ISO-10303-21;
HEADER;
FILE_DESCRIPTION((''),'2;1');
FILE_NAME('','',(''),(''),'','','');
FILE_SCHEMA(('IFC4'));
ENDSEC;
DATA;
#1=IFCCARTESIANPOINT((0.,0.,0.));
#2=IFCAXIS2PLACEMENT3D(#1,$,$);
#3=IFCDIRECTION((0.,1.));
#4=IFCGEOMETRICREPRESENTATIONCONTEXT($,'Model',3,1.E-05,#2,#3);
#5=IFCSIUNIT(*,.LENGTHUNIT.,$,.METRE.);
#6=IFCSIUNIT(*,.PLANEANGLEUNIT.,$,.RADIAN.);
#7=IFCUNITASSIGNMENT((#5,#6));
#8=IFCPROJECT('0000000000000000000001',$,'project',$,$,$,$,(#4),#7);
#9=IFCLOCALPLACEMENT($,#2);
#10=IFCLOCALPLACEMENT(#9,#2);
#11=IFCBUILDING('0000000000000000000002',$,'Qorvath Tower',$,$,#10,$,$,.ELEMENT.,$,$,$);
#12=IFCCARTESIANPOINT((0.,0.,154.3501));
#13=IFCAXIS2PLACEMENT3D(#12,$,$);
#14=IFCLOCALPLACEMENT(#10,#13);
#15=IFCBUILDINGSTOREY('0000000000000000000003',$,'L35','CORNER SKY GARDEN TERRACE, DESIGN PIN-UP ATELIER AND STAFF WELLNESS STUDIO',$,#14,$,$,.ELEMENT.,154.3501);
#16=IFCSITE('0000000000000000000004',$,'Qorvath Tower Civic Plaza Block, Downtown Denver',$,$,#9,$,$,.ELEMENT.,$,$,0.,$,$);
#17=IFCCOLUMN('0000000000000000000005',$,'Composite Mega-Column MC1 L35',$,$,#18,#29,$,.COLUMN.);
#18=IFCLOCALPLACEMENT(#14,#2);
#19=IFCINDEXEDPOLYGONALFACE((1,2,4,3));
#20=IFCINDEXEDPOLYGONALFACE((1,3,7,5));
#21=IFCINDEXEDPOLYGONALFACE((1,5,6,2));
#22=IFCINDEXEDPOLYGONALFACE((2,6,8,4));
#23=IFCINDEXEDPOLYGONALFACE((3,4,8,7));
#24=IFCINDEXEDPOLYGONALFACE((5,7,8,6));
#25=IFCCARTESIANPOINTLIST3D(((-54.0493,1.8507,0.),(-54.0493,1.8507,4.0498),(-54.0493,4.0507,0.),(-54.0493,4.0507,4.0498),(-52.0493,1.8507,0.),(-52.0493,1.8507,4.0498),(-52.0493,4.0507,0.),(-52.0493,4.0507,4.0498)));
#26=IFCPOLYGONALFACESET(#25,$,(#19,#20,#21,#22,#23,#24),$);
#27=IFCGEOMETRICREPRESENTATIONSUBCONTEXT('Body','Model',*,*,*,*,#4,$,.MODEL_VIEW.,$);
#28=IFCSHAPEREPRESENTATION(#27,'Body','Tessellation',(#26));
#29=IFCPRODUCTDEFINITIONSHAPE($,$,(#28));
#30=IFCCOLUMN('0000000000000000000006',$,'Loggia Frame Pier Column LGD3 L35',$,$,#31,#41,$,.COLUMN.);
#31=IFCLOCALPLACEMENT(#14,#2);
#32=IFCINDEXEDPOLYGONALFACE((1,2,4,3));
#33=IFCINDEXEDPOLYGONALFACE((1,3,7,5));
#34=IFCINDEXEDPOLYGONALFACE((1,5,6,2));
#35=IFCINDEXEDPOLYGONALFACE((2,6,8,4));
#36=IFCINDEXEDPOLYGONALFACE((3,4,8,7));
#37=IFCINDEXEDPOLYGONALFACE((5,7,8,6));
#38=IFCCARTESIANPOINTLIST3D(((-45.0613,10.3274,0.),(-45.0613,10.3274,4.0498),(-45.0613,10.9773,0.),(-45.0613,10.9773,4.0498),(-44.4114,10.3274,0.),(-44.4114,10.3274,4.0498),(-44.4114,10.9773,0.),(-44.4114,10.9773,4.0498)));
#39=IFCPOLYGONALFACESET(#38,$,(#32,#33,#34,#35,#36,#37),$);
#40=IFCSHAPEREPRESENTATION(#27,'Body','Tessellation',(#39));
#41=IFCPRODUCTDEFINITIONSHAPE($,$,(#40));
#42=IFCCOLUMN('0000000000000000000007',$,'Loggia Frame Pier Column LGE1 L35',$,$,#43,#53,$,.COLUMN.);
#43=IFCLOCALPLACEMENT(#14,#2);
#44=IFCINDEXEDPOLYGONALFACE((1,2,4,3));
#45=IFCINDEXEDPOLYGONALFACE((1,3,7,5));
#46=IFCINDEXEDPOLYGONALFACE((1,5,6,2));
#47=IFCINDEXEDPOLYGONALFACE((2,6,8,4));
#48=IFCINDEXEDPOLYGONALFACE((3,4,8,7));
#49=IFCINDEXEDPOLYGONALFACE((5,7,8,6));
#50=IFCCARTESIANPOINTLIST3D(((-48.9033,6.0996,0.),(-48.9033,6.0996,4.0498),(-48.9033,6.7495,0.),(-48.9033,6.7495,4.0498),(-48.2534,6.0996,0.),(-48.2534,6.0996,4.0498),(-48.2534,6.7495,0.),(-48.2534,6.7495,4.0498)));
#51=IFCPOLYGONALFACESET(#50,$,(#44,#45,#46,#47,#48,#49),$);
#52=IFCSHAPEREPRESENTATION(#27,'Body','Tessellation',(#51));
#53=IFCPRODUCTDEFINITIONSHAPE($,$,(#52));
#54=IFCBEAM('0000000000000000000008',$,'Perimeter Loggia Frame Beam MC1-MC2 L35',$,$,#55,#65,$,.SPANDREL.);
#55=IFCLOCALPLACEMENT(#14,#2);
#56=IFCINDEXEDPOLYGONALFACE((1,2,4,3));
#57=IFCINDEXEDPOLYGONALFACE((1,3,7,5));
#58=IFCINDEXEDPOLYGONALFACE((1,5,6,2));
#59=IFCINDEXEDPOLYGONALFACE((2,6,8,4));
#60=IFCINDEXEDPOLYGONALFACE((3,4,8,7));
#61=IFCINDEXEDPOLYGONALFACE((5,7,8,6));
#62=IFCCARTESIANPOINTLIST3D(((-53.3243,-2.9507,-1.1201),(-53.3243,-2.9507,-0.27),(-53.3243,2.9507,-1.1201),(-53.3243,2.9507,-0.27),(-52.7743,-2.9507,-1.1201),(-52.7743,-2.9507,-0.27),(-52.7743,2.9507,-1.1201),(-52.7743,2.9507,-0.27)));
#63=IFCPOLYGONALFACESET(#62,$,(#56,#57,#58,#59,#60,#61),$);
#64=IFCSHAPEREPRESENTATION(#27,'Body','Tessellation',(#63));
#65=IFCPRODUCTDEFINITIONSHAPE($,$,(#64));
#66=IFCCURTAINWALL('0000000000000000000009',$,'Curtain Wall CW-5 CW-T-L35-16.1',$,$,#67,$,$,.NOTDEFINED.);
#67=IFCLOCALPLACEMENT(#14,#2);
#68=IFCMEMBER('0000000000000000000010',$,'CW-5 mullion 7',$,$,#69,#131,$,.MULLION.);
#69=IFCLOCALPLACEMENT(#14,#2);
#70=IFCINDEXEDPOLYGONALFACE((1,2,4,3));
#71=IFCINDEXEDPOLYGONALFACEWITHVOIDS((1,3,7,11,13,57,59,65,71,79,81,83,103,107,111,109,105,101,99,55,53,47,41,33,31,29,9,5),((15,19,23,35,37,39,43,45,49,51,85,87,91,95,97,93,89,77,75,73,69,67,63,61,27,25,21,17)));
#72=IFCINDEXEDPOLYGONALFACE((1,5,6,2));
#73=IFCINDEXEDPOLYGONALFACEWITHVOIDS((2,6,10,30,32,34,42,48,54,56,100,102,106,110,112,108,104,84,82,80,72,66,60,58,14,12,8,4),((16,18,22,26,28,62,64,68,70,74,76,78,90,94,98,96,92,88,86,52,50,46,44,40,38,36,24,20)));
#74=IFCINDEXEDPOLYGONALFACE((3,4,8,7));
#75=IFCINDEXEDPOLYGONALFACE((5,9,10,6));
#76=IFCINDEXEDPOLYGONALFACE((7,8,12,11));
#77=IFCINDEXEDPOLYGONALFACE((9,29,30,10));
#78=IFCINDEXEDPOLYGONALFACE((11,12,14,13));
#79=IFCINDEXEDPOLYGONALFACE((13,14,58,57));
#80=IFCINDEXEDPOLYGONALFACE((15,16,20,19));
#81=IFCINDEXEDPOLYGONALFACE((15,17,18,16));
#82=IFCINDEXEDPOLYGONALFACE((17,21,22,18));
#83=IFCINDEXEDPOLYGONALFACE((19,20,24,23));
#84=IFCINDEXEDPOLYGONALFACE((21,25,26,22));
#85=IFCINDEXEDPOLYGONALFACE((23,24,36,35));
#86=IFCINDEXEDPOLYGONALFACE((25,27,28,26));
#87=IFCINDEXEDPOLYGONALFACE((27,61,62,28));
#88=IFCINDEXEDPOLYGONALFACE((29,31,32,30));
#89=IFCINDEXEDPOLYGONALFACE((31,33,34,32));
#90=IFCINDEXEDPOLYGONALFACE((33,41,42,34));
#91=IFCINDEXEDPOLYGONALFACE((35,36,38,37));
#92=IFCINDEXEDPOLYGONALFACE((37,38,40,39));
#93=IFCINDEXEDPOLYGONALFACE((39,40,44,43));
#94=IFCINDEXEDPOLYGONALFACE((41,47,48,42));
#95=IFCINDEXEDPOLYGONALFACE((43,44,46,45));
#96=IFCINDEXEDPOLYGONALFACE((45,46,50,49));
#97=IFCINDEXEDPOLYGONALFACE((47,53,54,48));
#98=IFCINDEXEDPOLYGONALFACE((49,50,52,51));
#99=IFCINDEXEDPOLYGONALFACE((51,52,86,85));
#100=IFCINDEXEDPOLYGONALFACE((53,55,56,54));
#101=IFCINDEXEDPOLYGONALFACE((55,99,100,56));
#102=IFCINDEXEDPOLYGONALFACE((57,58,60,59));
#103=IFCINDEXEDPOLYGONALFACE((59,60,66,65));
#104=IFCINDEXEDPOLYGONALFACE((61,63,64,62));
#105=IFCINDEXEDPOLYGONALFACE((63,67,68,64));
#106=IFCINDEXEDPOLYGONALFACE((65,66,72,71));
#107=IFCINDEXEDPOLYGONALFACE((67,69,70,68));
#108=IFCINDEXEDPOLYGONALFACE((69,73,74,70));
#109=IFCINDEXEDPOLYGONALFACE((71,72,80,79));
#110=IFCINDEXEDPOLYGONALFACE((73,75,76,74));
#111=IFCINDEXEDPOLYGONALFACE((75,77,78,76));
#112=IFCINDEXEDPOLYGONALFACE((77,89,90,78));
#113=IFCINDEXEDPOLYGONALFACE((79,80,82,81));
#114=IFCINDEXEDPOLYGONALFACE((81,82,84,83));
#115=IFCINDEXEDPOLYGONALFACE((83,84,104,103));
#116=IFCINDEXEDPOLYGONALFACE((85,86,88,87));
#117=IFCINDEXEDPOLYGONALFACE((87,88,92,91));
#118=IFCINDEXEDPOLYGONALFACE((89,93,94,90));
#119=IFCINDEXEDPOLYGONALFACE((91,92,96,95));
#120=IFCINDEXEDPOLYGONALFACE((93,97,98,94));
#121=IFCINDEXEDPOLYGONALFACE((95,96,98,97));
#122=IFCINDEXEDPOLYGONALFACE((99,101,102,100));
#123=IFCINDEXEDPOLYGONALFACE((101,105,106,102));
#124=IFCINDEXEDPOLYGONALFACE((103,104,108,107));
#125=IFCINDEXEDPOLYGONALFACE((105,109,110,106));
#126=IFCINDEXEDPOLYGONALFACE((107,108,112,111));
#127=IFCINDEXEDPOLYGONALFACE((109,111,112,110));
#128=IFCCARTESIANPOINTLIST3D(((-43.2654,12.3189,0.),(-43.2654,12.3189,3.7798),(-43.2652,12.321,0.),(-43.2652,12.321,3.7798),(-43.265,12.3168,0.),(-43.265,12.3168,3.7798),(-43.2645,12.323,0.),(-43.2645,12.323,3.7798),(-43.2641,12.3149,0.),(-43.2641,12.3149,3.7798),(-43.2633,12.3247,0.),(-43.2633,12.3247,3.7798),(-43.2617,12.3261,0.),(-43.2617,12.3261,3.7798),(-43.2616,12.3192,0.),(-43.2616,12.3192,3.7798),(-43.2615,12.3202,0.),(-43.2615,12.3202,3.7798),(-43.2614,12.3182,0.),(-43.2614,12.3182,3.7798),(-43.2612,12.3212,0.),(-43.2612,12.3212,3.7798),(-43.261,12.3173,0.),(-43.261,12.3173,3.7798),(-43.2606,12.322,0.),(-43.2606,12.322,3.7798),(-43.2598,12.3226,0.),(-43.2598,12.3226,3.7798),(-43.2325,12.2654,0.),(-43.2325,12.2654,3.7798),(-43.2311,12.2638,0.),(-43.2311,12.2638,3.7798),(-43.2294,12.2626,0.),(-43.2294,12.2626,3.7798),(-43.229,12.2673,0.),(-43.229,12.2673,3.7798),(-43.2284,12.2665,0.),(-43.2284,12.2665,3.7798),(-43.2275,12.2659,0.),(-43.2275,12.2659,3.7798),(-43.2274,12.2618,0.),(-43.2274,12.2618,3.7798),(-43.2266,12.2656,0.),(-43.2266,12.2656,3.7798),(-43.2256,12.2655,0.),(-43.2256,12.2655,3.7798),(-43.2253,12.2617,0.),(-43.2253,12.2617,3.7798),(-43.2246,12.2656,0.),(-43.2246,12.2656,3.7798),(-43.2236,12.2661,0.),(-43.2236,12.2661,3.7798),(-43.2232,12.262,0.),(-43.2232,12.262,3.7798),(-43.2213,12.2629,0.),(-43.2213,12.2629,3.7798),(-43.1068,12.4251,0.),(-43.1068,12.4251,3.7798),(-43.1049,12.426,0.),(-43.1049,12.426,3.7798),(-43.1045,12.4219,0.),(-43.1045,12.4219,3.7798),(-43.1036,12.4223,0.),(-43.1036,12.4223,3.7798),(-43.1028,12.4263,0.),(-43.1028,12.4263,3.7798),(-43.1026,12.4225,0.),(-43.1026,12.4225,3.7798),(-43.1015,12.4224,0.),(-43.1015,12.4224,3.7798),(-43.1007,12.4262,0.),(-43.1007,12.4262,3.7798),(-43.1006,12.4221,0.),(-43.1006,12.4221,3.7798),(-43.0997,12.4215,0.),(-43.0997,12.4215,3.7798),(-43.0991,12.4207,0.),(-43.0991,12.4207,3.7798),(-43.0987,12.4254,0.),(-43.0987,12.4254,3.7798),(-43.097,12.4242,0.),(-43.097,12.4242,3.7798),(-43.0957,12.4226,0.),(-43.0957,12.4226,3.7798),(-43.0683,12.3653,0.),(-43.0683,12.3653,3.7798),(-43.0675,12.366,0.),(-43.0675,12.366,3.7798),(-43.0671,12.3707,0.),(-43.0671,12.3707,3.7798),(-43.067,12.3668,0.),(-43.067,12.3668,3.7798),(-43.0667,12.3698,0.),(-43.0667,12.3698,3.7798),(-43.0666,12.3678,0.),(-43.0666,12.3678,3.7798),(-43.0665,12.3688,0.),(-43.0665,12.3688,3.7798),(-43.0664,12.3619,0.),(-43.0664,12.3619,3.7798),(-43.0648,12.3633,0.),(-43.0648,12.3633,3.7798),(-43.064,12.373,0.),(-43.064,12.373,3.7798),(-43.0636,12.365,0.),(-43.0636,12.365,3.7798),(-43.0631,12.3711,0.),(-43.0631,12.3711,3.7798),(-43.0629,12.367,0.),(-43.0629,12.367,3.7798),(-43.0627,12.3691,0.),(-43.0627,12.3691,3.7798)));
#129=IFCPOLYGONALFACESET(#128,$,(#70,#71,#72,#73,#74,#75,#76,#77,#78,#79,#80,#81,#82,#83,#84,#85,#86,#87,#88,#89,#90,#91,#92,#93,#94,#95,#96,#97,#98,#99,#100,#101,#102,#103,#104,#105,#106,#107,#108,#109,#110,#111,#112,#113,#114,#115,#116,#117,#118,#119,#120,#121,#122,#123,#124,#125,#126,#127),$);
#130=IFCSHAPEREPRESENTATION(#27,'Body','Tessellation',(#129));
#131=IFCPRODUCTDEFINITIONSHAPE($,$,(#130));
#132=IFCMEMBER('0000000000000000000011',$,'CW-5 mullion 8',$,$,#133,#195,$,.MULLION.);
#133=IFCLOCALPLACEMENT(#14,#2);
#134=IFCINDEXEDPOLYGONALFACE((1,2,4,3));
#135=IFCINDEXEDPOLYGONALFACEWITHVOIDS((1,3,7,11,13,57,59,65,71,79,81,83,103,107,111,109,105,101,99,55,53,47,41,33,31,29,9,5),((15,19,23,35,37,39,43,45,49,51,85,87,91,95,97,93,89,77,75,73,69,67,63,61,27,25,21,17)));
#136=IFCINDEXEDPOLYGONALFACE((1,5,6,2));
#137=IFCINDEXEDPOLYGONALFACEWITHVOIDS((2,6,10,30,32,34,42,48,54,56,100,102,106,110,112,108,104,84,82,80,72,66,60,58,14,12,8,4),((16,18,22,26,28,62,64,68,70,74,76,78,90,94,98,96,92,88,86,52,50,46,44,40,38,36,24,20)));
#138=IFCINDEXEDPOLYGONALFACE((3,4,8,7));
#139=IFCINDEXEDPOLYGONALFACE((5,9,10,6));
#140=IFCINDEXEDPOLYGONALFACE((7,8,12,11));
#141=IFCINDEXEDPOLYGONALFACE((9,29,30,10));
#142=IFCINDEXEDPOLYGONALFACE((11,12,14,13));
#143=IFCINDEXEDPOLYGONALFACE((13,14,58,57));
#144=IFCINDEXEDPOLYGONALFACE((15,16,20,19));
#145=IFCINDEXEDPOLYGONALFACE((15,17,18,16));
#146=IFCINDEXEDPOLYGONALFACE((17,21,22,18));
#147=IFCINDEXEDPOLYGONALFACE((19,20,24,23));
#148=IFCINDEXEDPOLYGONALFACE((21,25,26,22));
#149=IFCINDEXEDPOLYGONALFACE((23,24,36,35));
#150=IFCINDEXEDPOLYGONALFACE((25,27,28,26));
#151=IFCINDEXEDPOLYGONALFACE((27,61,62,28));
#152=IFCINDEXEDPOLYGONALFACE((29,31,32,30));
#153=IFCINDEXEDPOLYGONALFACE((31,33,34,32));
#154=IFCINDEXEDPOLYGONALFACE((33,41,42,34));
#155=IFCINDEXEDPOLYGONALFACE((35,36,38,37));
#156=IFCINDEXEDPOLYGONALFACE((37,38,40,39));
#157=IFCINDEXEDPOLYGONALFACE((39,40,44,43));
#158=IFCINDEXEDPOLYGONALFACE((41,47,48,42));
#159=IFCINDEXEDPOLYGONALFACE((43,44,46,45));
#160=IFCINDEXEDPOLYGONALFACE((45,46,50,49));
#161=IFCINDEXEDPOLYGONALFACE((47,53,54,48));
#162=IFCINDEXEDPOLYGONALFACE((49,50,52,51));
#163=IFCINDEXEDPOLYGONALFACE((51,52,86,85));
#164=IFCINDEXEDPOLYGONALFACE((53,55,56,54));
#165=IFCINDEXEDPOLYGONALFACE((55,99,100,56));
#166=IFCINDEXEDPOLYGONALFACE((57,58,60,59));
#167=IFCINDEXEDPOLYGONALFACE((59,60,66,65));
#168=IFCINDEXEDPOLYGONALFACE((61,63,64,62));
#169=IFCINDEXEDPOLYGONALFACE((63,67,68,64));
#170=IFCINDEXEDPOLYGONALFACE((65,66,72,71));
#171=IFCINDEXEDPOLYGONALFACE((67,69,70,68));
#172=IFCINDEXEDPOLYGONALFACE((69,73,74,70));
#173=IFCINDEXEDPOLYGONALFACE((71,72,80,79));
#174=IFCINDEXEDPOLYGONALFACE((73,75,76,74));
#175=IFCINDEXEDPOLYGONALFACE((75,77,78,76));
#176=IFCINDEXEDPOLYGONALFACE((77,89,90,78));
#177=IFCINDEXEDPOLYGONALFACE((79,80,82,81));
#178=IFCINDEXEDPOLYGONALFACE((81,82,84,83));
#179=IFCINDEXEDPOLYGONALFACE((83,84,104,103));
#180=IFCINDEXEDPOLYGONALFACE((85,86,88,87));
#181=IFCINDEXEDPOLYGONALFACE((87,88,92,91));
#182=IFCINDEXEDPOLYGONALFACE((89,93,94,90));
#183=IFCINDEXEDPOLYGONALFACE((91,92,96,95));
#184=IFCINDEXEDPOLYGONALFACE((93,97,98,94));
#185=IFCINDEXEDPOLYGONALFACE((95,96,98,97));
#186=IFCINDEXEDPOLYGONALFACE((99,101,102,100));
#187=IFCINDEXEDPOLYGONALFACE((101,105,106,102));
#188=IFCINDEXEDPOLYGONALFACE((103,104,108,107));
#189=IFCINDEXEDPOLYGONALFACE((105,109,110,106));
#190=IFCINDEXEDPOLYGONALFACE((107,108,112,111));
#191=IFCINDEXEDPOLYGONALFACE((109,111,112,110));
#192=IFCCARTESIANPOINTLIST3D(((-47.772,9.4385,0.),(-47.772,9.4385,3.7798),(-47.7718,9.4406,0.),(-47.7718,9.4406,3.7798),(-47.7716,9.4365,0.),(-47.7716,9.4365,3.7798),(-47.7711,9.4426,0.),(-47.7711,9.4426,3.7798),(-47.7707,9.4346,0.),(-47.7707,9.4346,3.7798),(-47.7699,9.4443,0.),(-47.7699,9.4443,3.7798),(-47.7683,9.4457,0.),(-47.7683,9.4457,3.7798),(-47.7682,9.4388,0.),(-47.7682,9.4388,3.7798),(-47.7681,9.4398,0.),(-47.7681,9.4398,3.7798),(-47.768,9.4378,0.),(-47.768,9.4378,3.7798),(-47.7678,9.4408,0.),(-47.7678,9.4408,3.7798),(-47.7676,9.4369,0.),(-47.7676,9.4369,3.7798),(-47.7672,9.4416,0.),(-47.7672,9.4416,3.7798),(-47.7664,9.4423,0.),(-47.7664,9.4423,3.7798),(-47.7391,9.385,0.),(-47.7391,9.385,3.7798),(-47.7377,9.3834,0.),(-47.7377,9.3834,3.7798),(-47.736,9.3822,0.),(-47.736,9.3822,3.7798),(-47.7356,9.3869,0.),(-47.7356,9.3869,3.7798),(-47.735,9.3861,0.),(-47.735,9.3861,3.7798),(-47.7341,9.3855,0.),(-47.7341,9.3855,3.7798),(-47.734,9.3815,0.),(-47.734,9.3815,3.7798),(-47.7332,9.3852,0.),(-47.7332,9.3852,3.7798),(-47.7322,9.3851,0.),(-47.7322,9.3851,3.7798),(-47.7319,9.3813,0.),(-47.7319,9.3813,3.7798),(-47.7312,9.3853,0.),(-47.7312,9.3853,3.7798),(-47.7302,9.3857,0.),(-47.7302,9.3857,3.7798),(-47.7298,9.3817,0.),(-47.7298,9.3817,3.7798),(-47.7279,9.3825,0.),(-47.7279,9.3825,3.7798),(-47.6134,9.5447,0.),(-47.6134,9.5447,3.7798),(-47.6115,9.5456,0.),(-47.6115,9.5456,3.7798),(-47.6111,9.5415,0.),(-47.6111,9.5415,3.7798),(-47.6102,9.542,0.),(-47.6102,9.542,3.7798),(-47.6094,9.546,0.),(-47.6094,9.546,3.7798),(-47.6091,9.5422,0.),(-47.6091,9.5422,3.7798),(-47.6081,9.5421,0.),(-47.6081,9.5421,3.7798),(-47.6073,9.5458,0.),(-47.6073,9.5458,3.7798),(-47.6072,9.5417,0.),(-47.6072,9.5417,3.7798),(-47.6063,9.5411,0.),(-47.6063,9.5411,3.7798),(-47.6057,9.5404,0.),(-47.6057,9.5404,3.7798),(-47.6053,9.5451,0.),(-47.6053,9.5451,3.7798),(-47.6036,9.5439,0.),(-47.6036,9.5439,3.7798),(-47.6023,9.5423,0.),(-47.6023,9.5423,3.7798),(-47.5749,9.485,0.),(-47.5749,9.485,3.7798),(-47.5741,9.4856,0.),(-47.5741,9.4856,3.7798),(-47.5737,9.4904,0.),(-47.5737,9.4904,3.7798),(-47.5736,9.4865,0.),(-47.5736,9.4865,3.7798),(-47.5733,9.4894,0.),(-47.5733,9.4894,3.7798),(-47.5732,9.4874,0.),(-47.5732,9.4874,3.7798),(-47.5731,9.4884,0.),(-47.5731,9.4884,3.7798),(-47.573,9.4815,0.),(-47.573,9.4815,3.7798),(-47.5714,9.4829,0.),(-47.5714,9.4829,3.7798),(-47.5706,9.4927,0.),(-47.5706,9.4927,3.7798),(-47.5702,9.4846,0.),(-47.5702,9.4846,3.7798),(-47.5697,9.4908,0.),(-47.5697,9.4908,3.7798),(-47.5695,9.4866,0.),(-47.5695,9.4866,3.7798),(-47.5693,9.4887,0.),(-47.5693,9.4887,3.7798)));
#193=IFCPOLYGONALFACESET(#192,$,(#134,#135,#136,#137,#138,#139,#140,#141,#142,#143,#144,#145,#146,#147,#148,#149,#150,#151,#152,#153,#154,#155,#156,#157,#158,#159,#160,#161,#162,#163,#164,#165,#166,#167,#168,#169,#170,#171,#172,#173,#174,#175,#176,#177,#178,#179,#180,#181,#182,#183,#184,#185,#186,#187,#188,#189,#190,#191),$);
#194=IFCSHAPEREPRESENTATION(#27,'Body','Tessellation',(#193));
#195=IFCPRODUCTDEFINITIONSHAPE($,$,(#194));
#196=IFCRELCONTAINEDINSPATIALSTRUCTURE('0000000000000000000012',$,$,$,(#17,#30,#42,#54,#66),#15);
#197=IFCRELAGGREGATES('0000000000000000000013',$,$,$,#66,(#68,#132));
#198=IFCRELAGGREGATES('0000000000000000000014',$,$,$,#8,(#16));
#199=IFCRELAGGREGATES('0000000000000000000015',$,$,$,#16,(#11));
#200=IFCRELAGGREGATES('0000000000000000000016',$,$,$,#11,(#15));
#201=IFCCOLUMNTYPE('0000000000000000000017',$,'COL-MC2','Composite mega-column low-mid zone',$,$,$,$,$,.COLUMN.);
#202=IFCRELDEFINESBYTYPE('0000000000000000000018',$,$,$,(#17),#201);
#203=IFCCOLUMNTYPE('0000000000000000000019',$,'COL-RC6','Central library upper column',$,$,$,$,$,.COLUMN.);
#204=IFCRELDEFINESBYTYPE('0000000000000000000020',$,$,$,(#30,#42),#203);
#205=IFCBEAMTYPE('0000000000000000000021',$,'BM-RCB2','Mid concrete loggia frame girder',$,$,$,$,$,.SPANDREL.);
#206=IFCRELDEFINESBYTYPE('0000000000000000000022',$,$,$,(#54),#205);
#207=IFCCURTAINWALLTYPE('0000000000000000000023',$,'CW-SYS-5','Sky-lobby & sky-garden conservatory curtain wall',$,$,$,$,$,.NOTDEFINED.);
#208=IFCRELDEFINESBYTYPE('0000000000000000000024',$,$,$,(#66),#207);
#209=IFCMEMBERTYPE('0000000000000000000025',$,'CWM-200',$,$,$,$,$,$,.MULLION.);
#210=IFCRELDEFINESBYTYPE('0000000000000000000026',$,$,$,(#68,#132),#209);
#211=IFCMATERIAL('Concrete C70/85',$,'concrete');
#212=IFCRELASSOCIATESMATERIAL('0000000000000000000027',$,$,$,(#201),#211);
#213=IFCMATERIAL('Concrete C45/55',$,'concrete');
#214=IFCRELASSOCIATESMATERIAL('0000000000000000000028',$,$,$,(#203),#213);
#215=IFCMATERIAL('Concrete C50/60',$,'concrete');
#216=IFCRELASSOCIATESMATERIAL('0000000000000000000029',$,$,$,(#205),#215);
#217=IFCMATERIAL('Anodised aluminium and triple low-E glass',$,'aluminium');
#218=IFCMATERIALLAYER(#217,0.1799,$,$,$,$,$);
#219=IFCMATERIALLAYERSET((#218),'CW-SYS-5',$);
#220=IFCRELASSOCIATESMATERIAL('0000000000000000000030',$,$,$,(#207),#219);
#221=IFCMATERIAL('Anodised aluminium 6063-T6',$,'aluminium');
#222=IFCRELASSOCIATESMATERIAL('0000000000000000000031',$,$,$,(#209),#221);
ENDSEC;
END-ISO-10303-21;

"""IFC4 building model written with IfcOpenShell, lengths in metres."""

from ifc_helpers import new_model, si_unit, direction, frame, origin, origin_2d, place, context, subcontext, project, spatial, rectangle, hollow_rectangle, extrude, material, layer, layer_set, material_profile, profile_set, type_object, element, aggregate, save


model = new_model("IFC4")

# Units and contexts
model_context = context("Model", 3, precision=1e-05, world=origin(), true_north=direction((0.0, 1.0)))
body_context = subcontext(model_context, "Body", "Model", "MODEL_VIEW")
ifc_project = project(units=[si_unit("LENGTHUNIT", "METRE"), si_unit("PLANEANGLEUNIT", "RADIAN")], contexts=[model_context])

# Site, building, storey
site_placement = place(None, origin())
site = spatial("IfcSite", under=ifc_project, at=site_placement, Name="Qorvath Tower Civic Plaza Block, Downtown Denver", CompositionType="ELEMENT", RefElevation=0.0)
building_placement = place(site_placement, origin())
building = spatial("IfcBuilding", under=site, at=building_placement, Name="Qorvath Tower", CompositionType="ELEMENT")
storey_placement = place(building_placement, frame((0.0, 0.0, 154.3501)))
storey = spatial("IfcBuildingStorey", under=building, at=storey_placement, Name="L35", Description="CORNER SKY GARDEN TERRACE, DESIGN PIN-UP ATELIER AND STAFF WELLNESS STUDIO", CompositionType="ELEMENT", Elevation=154.3501)

# Columns
ifc_material_1 = material(Name="Concrete C70/85", Category="concrete")
ifc_material_profile_1 = material_profile(ifc_material_1, rectangle(XDim=2.0, YDim=2.2, at=origin_2d()), Name="MC 2200x2000")
ifc_profile_set_1 = profile_set([ifc_material_profile_1], Name="Concrete C70/85")
column_type_1 = type_object("IfcColumnType", Name="COL-MC2", Description="Composite mega-column low-mid zone", PredefinedType="COLUMN", material=ifc_profile_set_1)
column_placement = place(storey_placement, frame((-53.0493, 2.9507, 0.0), z_axis=(0.0, 0.0, 1.0), x_axis=(1.0, 0.0, 0.0)))
element("IfcColumn", 1, at=column_placement, inside=storey, type_object=column_type_1, Name="Composite Mega-Column MC1 L35", PredefinedType="COLUMN", context=body_context, shape_type="SweptSolid", body=[
    extrude(rectangle(XDim=2.0, YDim=2.2, at=origin_2d()), origin(), (0.0, 0.0, 1.0), 4.0498),
])
ifc_material_2 = material(Name="Concrete C45/55", Category="concrete")
ifc_material_profile_2 = material_profile(ifc_material_2, rectangle(XDim=0.6499, YDim=0.6499, at=origin_2d()), Name="RC 650x650")
ifc_profile_set_2 = profile_set([ifc_material_profile_2], Name="Concrete C45/55")
column_type_2 = type_object("IfcColumnType", Name="COL-RC6", Description="Central library upper column", PredefinedType="COLUMN", material=ifc_profile_set_2)
for number, where, z_axis, x_axis, name in (
    (2, (-44.7363, 10.6523, 0.0), (0.0, 0.0, 1.0), (1.0, 0.0, 0.0), "Loggia Frame Pier Column LGD3 L35"),
    (3, (-48.5784, 6.4246, 0.0), (0.0, 0.0, 1.0), (1.0, 0.0, 0.0), "Loggia Frame Pier Column LGE1 L35"),
):
    element("IfcColumn", number, at=place(storey_placement, frame(where, z_axis=z_axis, x_axis=x_axis)), inside=storey, type_object=column_type_2, Name=name, PredefinedType="COLUMN", context=body_context, shape_type="SweptSolid", body=[
        extrude(rectangle(XDim=0.6499, YDim=0.6499, at=origin_2d()), origin(), (0.0, 0.0, 1.0), 4.0498),
    ])

# Beam
ifc_material_3 = material(Name="Concrete C50/60", Category="concrete")
ifc_material_profile_3 = material_profile(ifc_material_3, rectangle(XDim=0.55, YDim=0.8501, at=origin_2d()), Name="RCB 850x550")
ifc_profile_set_3 = profile_set([ifc_material_profile_3], Name="Concrete C50/60")
beam_type = type_object("IfcBeamType", Name="BM-RCB2", Description="Mid concrete loggia frame girder", PredefinedType="SPANDREL", material=ifc_profile_set_3)
beam_placement = place(storey_placement, frame((-53.0493, 2.9507, -0.6951), z_axis=(0.0, -1.0, 0.0), x_axis=(1.0, 0.0, 0.0)))
element("IfcBeam", 4, at=beam_placement, inside=storey, type_object=beam_type, Name="Perimeter Loggia Frame Beam MC1-MC2 L35", PredefinedType="SPANDREL", context=body_context, shape_type="SweptSolid", body=[
    extrude(rectangle(XDim=0.55, YDim=0.8501, at=origin_2d()), origin(), (0.0, 0.0, 1.0), 5.9014),
])

# Curtain wall, members
ifc_material_4 = material(Name="Anodised aluminium and triple low-E glass", Category="aluminium")
ifc_layer_1 = layer(ifc_material_4, 0.1799)
ifc_layer_set_1 = layer_set([ifc_layer_1], Name="CW-SYS-5")
curtain_wall_type = type_object("IfcCurtainWallType", Name="CW-SYS-5", Description="Sky-lobby & sky-garden conservatory curtain wall", PredefinedType="NOTDEFINED", material=ifc_layer_set_1)
curtain_wall_1_placement = place(storey_placement, origin())
curtain_wall_1 = element("IfcCurtainWall", 5, at=curtain_wall_1_placement, inside=storey, type_object=curtain_wall_type, Name="Curtain Wall CW-5 CW-T-L35-16.1", PredefinedType="NOTDEFINED")
ifc_material_5 = material(Name="Anodised aluminium 6063-T6", Category="aluminium")
ifc_material_profile_4 = material_profile(ifc_material_5, hollow_rectangle(XDim=0.075, YDim=0.2, WallThickness=0.0039, InnerFilletRadius=0.0039, OuterFilletRadius=0.0081, at=origin_2d()), Name="CWM 200x75")
ifc_profile_set_4 = profile_set([ifc_material_profile_4], Name="Anodised aluminium 6063-T6")
member_type_1 = type_object("IfcMemberType", Name="CWM-200", PredefinedType="MULLION", material=ifc_profile_set_4)
member_1_placement = place(storey_placement, frame((-43.1641, 12.344, 0.0), z_axis=(0.0, 0.0, 1.0), x_axis=(0.538535, -0.842603, 0.0)))
member_1 = element("IfcMember", 6, at=member_1_placement, type_object=member_type_1, Name="CW-5 mullion 7", PredefinedType="MULLION", context=body_context, shape_type="SweptSolid", body=[
    extrude(hollow_rectangle(XDim=0.075, YDim=0.2, WallThickness=0.0039, InnerFilletRadius=0.0039, OuterFilletRadius=0.0081, at=origin_2d()), origin(), (0.0, 0.0, 1.0), 3.7798),
])
member_2_placement = place(storey_placement, frame((-47.6707, 9.4636, 0.0), z_axis=(0.0, 0.0, 1.0), x_axis=(0.538535, -0.842603, 0.0)))
member_2 = element("IfcMember", 7, at=member_2_placement, type_object=member_type_1, Name="CW-5 mullion 8", PredefinedType="MULLION", context=body_context, shape_type="SweptSolid", body=[
    extrude(hollow_rectangle(XDim=0.075, YDim=0.2, WallThickness=0.0039, InnerFilletRadius=0.0039, OuterFilletRadius=0.0081, at=origin_2d()), origin(), (0.0, 0.0, 1.0), 3.7798),
])

aggregate(curtain_wall_1, [member_1, member_2])

save(model, "model.ifc")
